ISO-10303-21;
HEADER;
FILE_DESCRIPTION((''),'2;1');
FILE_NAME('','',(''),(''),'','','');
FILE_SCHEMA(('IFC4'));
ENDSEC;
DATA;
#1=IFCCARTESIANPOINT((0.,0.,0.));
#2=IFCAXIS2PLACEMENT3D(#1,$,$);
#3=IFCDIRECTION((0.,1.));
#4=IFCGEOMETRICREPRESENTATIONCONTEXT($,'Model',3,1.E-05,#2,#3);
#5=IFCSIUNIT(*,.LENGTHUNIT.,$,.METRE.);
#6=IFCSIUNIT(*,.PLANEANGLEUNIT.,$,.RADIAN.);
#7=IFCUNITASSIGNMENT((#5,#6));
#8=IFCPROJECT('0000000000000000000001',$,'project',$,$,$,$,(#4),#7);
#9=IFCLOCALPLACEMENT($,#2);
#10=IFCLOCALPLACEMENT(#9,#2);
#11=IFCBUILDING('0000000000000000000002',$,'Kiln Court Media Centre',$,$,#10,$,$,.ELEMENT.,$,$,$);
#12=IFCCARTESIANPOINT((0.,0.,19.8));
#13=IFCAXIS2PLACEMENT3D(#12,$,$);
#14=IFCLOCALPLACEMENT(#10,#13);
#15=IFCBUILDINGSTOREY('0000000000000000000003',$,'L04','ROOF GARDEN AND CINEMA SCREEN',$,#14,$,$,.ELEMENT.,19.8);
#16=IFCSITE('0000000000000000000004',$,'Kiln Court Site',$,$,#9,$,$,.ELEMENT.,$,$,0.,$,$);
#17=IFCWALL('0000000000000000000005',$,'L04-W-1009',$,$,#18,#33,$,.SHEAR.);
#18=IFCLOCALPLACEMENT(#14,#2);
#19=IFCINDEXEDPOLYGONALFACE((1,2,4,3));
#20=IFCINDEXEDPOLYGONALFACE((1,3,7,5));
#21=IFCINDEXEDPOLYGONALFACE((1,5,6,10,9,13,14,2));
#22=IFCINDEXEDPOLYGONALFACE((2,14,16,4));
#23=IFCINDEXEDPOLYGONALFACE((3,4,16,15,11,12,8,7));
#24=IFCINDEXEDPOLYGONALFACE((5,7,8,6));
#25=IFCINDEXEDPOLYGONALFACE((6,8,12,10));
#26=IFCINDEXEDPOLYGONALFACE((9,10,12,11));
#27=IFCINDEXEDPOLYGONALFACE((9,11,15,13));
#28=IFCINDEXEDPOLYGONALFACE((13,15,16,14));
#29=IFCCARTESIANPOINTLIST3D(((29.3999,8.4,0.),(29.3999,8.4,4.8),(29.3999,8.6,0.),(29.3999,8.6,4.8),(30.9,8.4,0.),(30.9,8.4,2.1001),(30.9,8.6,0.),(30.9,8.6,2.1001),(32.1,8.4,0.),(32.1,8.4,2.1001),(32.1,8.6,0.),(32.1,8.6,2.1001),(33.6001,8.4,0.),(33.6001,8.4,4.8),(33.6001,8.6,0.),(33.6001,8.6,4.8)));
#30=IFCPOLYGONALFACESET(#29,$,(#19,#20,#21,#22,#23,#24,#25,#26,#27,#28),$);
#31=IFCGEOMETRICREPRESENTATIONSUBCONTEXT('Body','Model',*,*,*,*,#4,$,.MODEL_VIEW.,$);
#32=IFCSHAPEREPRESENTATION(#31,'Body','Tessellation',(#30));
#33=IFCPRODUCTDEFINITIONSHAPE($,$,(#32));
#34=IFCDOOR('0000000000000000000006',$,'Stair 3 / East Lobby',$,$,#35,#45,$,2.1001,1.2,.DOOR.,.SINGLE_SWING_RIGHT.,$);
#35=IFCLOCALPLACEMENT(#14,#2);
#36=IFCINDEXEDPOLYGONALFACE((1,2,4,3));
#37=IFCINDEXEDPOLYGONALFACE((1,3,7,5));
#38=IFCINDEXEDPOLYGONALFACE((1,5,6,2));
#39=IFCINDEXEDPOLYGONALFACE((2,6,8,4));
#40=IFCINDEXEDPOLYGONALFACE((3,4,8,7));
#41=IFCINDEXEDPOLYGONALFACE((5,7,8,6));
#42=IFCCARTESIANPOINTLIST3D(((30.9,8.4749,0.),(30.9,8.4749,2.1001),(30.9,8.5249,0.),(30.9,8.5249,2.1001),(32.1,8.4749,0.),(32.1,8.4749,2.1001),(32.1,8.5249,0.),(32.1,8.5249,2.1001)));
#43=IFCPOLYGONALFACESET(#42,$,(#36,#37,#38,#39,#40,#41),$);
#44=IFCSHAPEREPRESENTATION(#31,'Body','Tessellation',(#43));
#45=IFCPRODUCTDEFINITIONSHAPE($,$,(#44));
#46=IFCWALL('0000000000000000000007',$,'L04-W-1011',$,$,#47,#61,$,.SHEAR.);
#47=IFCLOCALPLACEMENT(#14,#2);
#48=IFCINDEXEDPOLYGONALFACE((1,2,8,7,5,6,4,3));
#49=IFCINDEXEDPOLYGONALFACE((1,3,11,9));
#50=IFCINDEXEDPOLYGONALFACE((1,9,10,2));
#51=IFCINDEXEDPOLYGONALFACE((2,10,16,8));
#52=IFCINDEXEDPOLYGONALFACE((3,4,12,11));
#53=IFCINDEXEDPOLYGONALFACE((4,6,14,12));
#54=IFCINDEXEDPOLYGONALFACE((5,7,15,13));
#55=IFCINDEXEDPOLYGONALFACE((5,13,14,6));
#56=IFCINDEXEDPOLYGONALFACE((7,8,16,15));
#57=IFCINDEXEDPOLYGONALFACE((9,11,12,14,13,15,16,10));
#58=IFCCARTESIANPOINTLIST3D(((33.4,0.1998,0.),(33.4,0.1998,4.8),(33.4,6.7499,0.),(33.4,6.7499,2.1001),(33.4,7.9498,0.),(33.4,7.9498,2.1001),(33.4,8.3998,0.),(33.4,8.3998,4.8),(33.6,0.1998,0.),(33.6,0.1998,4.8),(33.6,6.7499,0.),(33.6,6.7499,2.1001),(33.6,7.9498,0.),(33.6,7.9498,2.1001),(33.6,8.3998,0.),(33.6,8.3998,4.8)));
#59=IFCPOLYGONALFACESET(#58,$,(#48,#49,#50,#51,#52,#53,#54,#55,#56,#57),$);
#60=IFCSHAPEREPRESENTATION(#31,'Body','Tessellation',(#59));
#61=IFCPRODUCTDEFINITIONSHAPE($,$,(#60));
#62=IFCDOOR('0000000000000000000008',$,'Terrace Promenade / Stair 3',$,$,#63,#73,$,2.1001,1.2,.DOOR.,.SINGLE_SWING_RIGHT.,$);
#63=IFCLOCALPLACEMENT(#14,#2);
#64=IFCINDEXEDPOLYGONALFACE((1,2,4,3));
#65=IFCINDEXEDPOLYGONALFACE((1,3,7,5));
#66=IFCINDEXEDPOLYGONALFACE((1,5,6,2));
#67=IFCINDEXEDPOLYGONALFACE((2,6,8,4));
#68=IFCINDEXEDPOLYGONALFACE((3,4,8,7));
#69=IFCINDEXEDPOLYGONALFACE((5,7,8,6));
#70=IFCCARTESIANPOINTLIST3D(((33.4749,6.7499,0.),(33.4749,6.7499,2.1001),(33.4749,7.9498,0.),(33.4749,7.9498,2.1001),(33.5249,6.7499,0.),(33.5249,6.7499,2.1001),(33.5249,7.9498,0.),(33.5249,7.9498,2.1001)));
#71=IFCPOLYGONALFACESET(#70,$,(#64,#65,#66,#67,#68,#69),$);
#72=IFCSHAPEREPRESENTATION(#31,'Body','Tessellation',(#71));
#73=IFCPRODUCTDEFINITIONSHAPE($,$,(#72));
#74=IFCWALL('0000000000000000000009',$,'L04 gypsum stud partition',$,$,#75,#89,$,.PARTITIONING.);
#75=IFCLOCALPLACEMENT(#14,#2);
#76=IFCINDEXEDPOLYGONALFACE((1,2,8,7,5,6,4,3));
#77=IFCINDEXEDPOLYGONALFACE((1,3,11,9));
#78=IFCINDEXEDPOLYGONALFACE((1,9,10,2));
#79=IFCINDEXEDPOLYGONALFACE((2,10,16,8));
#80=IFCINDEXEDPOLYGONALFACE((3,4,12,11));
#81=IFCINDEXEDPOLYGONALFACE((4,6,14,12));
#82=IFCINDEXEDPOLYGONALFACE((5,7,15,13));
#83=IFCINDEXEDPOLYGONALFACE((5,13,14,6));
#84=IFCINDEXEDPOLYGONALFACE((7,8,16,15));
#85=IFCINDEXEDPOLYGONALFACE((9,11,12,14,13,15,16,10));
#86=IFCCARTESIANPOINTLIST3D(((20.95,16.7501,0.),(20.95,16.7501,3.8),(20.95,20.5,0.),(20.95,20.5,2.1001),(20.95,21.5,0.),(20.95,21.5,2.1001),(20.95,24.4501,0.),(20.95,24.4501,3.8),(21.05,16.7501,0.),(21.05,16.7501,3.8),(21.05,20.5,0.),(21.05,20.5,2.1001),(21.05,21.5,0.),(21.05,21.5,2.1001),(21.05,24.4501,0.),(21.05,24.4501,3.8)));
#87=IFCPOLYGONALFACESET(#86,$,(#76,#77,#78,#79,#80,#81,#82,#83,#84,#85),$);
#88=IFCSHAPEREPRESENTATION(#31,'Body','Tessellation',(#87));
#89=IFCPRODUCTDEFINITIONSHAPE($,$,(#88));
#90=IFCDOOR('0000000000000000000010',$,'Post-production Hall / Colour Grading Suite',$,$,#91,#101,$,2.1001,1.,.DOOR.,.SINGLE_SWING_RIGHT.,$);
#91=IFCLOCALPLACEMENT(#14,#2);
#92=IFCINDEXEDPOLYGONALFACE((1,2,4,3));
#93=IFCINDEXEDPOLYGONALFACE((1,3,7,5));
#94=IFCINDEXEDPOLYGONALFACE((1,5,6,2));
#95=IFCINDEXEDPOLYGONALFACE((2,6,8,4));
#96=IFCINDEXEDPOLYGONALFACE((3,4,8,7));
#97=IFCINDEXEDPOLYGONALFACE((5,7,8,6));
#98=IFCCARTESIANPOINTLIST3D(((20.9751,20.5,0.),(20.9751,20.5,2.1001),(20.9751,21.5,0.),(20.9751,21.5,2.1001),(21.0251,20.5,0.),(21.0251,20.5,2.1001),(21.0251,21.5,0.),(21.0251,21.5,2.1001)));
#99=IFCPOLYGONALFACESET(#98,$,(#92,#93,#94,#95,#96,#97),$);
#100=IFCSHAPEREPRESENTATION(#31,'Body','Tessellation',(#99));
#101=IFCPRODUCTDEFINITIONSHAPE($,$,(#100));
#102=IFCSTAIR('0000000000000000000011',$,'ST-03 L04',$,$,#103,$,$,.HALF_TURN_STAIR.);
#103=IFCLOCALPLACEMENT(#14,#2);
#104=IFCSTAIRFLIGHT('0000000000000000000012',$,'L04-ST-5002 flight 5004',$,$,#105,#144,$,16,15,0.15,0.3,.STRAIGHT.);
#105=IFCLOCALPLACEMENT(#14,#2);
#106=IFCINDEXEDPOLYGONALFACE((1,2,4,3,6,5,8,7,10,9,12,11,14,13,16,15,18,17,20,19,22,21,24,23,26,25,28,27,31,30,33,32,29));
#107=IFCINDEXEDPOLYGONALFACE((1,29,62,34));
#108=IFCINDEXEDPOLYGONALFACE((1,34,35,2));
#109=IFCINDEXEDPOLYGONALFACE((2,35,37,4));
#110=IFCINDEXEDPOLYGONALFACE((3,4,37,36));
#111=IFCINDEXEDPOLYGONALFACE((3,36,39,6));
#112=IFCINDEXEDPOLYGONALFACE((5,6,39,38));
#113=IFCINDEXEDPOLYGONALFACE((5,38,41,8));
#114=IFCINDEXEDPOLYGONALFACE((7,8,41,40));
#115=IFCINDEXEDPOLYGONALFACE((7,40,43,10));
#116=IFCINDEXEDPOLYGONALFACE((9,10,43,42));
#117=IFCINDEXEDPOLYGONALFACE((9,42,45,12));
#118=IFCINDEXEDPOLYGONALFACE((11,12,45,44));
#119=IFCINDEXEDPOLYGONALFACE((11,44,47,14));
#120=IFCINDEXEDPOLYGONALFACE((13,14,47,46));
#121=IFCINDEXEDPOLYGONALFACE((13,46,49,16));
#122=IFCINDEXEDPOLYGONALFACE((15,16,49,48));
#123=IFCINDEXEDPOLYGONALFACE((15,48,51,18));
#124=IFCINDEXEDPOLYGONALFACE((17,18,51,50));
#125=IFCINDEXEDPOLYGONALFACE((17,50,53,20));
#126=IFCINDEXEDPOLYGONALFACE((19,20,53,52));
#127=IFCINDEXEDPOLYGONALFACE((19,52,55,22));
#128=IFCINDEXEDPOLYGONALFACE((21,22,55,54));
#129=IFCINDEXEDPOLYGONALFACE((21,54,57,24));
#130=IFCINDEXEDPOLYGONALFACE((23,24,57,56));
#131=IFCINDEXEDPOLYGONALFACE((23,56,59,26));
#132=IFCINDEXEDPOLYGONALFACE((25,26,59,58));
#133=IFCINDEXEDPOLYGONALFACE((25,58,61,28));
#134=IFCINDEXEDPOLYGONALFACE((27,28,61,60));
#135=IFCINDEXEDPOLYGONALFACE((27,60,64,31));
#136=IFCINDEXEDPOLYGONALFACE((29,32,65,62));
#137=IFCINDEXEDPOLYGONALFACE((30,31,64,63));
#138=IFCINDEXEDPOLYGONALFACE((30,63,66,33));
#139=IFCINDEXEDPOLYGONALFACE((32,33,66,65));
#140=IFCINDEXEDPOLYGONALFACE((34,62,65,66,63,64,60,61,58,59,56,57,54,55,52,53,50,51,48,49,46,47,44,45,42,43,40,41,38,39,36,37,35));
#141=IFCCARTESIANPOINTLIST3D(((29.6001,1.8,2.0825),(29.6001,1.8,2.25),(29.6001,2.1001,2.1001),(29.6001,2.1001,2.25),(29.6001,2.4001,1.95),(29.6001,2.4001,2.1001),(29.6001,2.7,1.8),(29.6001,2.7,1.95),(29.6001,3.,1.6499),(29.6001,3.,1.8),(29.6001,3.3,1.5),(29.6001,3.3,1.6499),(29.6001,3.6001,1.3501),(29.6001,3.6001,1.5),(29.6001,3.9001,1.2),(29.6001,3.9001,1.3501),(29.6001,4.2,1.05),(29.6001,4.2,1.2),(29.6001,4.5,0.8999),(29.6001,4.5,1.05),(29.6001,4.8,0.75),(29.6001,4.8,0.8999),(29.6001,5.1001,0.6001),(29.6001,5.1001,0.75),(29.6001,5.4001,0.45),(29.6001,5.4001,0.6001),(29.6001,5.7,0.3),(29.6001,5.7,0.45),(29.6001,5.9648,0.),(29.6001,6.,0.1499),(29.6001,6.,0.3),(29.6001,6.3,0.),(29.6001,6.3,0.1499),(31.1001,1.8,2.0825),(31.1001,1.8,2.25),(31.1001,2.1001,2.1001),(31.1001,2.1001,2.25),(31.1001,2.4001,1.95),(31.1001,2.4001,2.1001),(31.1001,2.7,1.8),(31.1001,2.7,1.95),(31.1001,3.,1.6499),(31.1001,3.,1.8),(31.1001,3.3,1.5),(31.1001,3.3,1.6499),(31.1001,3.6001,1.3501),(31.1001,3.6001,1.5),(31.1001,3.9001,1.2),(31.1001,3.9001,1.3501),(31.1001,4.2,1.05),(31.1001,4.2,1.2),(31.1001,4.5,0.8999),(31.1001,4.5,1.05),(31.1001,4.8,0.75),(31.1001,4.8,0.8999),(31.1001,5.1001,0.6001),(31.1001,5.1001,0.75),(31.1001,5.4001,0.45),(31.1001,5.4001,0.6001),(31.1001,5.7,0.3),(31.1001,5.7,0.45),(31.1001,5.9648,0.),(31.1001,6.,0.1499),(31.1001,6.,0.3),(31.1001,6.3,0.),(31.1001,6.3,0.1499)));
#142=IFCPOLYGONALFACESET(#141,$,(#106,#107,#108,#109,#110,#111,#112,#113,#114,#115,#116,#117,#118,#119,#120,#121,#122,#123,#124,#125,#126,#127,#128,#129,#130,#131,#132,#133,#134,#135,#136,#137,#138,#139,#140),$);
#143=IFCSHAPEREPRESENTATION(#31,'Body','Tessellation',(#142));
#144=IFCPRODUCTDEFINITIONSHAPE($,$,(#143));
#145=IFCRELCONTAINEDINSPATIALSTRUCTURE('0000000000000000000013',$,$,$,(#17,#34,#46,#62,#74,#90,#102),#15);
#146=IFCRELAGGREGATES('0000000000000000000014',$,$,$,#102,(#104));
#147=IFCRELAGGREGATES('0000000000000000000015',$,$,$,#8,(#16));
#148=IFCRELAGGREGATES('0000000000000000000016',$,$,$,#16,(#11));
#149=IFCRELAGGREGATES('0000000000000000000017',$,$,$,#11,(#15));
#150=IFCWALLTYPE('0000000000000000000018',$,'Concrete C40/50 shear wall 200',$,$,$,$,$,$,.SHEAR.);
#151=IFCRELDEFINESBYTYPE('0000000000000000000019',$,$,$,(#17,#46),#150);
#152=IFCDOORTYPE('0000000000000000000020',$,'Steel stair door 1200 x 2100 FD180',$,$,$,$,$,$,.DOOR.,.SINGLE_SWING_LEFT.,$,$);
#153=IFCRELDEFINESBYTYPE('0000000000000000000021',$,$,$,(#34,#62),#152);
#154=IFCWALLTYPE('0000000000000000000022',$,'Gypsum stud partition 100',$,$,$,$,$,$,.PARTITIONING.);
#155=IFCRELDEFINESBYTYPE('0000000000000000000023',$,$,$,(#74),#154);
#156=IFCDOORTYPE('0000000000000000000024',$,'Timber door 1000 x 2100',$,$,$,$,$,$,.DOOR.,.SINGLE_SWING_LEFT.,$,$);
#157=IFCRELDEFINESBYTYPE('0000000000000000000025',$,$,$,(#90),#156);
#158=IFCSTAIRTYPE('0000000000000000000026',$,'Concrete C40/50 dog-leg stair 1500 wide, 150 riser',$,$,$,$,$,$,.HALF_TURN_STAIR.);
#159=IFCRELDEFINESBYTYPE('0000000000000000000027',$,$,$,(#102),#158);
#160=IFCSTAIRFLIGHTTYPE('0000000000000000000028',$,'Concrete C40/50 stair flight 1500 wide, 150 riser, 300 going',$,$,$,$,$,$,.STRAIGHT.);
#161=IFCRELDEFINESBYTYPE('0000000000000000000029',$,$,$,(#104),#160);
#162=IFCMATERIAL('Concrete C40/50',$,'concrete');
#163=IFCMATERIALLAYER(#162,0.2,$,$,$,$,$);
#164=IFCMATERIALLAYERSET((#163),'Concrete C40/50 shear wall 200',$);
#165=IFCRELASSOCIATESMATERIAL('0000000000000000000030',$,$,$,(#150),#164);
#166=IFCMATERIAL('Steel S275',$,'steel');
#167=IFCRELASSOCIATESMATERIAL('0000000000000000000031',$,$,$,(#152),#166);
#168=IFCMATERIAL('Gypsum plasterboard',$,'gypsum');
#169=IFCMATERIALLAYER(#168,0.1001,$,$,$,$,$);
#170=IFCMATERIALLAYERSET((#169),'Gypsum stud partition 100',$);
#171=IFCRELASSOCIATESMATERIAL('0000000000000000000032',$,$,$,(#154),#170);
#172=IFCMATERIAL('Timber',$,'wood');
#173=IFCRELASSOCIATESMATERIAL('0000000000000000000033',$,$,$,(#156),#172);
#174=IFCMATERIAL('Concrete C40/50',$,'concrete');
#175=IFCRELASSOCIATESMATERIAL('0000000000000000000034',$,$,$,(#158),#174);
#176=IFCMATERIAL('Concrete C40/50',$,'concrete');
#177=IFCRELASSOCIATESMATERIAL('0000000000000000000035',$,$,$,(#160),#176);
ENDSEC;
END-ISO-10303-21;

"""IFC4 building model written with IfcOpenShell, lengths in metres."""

from ifc_helpers import new_model, si_unit, direction, frame, frame_2d, origin, place, context, subcontext, project, spatial, polyline, rectangle, outline, extrude, material, layer, layer_set, type_object, element, fill, aggregate, save


model = new_model("IFC4")

# Units and contexts
model_context = context("Model", 3, precision=1e-05, world=origin(), true_north=direction((0.0, 1.0)))
body_context = subcontext(model_context, "Body", "Model", "MODEL_VIEW")
ifc_project = project(units=[si_unit("LENGTHUNIT", "METRE"), si_unit("PLANEANGLEUNIT", "RADIAN")], contexts=[model_context])

# Site, building, storey
site_placement = place(None, origin())
site = spatial("IfcSite", under=ifc_project, at=site_placement, Name="Kiln Court Site", CompositionType="ELEMENT", RefElevation=0.0)
building_placement = place(site_placement, origin())
building = spatial("IfcBuilding", under=site, at=building_placement, Name="Kiln Court Media Centre", CompositionType="ELEMENT")
storey_placement = place(building_placement, frame((0.0, 0.0, 19.8)))
storey = spatial("IfcBuildingStorey", under=building, at=storey_placement, Name="L04", Description="ROOF GARDEN AND CINEMA SCREEN", CompositionType="ELEMENT", Elevation=19.8)

# Walls, openings, doors
ifc_material_1 = material(Name="Concrete C40/50", Category="concrete")
ifc_layer_1 = layer(ifc_material_1, 0.2)
ifc_layer_set_1 = layer_set([ifc_layer_1], Name="Concrete C40/50 shear wall 200")
wall_type_1 = type_object("IfcWallType", Name="Concrete C40/50 shear wall 200", PredefinedType="SHEAR", material=ifc_layer_set_1)
wall_1_placement = place(storey_placement, frame((29.3999, 8.5, 0.0), z_axis=(0.0, 0.0, 1.0), x_axis=(1.0, 0.0, 0.0)))
wall_1 = element("IfcWall", 1, at=wall_1_placement, inside=storey, type_object=wall_type_1, Name="L04-W-1009", PredefinedType="SHEAR", context=body_context, shape_type="SweptSolid", body=[
    extrude(rectangle(XDim=4.2002, YDim=0.2, at=frame_2d((2.1001, 0.0))), origin(), (0.0, 0.0, 1.0), 4.8),
])
opening_1_placement = place(wall_1_placement, frame((1.5, 0.0, 0.0)))
opening_1 = element("IfcOpeningElement", 2, at=opening_1_placement, cuts=wall_1, PredefinedType="OPENING", context=body_context, shape_type="SweptSolid", body=[
    extrude(rectangle(XDim=1.2, YDim=2.1001, at=frame_2d((0.6001, 1.05))), frame((0.0, 0.1099, 0.0), z_axis=(0.0, -1.0, 0.0), x_axis=(1.0, 0.0, 0.0)), (0.0, 0.0, 1.0), 0.22),
])
ifc_material_2 = material(Name="Steel S275", Category="steel")
door_type_1 = type_object("IfcDoorType", Name="Steel stair door 1200 x 2100 FD180", OperationType="SINGLE_SWING_LEFT", PredefinedType="DOOR", material=ifc_material_2)
door_1_placement = place(opening_1_placement, origin())
door_1 = element("IfcDoor", 3, at=door_1_placement, inside=storey, type_object=door_type_1, Name="Stair 3 / East Lobby", OperationType="SINGLE_SWING_RIGHT", OverallHeight=2.1001, OverallWidth=1.2, PredefinedType="DOOR", context=body_context, shape_type="SweptSolid", body=[
    extrude(rectangle(XDim=1.2, YDim=2.1001, at=frame_2d((0.6001, 1.05))), frame((0.0, 0.0249, 0.0), z_axis=(0.0, -1.0, 0.0), x_axis=(1.0, 0.0, 0.0)), (0.0, 0.0, 1.0), 0.05),
])
fill(opening_1, door_1)
wall_2_placement = place(storey_placement, frame((33.5, 8.3999, 0.0), z_axis=(0.0, 0.0, 1.0), x_axis=(0.0, -1.0, 0.0)))
wall_2 = element("IfcWall", 4, at=wall_2_placement, inside=storey, type_object=wall_type_1, Name="L04-W-1011", PredefinedType="SHEAR", context=body_context, shape_type="SweptSolid", body=[
    extrude(rectangle(XDim=8.2, YDim=0.2, at=frame_2d((4.1001, 0.0))), origin(), (0.0, 0.0, 1.0), 4.8),
])
opening_2_placement = place(wall_2_placement, frame((0.45, 0.0, 0.0)))
opening_2 = element("IfcOpeningElement", 5, at=opening_2_placement, cuts=wall_2, PredefinedType="OPENING", context=body_context, shape_type="SweptSolid", body=[
    extrude(rectangle(XDim=1.2, YDim=2.1001, at=frame_2d((0.6001, 1.05))), frame((0.0, 0.1099, 0.0), z_axis=(0.0, -1.0, 0.0), x_axis=(1.0, 0.0, 0.0)), (0.0, 0.0, 1.0), 0.22),
])
door_2_placement = place(opening_2_placement, origin())
door_2 = element("IfcDoor", 6, at=door_2_placement, inside=storey, type_object=door_type_1, Name="Terrace Promenade / Stair 3", OperationType="SINGLE_SWING_RIGHT", OverallHeight=2.1001, OverallWidth=1.2, PredefinedType="DOOR", context=body_context, shape_type="SweptSolid", body=[
    extrude(rectangle(XDim=1.2, YDim=2.1001, at=frame_2d((0.6001, 1.05))), frame((0.0, 0.0249, 0.0), z_axis=(0.0, -1.0, 0.0), x_axis=(1.0, 0.0, 0.0)), (0.0, 0.0, 1.0), 0.05),
])
fill(opening_2, door_2)
ifc_material_3 = material(Name="Gypsum plasterboard", Category="gypsum")
ifc_layer_2 = layer(ifc_material_3, 0.1001)
ifc_layer_set_2 = layer_set([ifc_layer_2], Name="Gypsum stud partition 100")
wall_type_2 = type_object("IfcWallType", Name="Gypsum stud partition 100", PredefinedType="PARTITIONING", material=ifc_layer_set_2)
wall_3_placement = place(storey_placement, frame((21.0, 16.75, 0.0), z_axis=(0.0, 0.0, 1.0), x_axis=(0.0, 1.0, 0.0)))
wall_3 = element("IfcWall", 7, at=wall_3_placement, inside=storey, type_object=wall_type_2, Name="L04 gypsum stud partition", PredefinedType="PARTITIONING", context=body_context, shape_type="SweptSolid", body=[
    extrude(rectangle(XDim=7.7, YDim=0.1001, at=frame_2d((3.8501, 0.0))), origin(), (0.0, 0.0, 1.0), 3.8),
])
opening_3_placement = place(wall_3_placement, frame((3.75, 0.0, 0.0)))
opening_3 = element("IfcOpeningElement", 8, at=opening_3_placement, cuts=wall_3, PredefinedType="OPENING", context=body_context, shape_type="SweptSolid", body=[
    extrude(rectangle(XDim=1.0, YDim=2.1001, at=frame_2d((0.5, 1.05))), frame((0.0, 0.0601, 0.0), z_axis=(0.0, -1.0, 0.0), x_axis=(1.0, 0.0, 0.0)), (0.0, 0.0, 1.0), 0.1201),
])
ifc_material_4 = material(Name="Timber", Category="wood")
door_type_2 = type_object("IfcDoorType", Name="Timber door 1000 x 2100", OperationType="SINGLE_SWING_LEFT", PredefinedType="DOOR", material=ifc_material_4)
door_3_placement = place(opening_3_placement, origin())
door_3 = element("IfcDoor", 9, at=door_3_placement, inside=storey, type_object=door_type_2, Name="Post-production Hall / Colour Grading Suite", OperationType="SINGLE_SWING_RIGHT", OverallHeight=2.1001, OverallWidth=1.0, PredefinedType="DOOR", context=body_context, shape_type="SweptSolid", body=[
    extrude(rectangle(XDim=1.0, YDim=2.1001, at=frame_2d((0.5, 1.05))), frame((0.0, 0.0249, 0.0), z_axis=(0.0, -1.0, 0.0), x_axis=(1.0, 0.0, 0.0)), (0.0, 0.0, 1.0), 0.05),
])
fill(opening_3, door_3)

# Stair, stair flight
ifc_material_5 = material(Name="Concrete C40/50", Category="concrete")
stair_type = type_object("IfcStairType", Name="Concrete C40/50 dog-leg stair 1500 wide, 150 riser", PredefinedType="HALF_TURN_STAIR", material=ifc_material_5)
stair_placement = place(storey_placement, origin())
stair = element("IfcStair", 10, at=stair_placement, inside=storey, type_object=stair_type, Name="ST-03 L04", PredefinedType="HALF_TURN_STAIR")
ifc_material_6 = material(Name="Concrete C40/50", Category="concrete")
stair_flight_type = type_object("IfcStairFlightType", Name="Concrete C40/50 stair flight 1500 wide, 150 riser, 300 going", PredefinedType="STRAIGHT", material=ifc_material_6)
stair_flight_1_placement = place(storey_placement, frame((30.3501, 6.3, 0.0), z_axis=(0.0, 0.0, 1.0), x_axis=(0.0, -1.0, 0.0)))
stair_flight_1 = element("IfcStairFlight", 11, at=stair_flight_1_placement, type_object=stair_flight_type, Name="L04-ST-5002 flight 5004", NumberOfRisers=16, NumberOfTreads=15, PredefinedType="STRAIGHT", RiserHeight=0.15, TreadLength=0.3, context=body_context, shape_type="SweptSolid", body=[
    extrude(outline(polyline([(0.0, 0.0), (0.0, 0.1499), (0.3, 0.1499), (0.3, 0.3), (0.6001, 0.3), (0.6001, 0.45), (0.8999, 0.45), (0.8999, 0.6001), (1.2, 0.6001), (1.2, 0.75), (1.5, 0.75), (1.5, 0.8999), (1.8, 0.8999), (1.8, 1.05), (2.1001, 1.05), (2.1001, 1.2), (2.3999, 1.2), (2.3999, 1.3501), (2.7, 1.3501), (2.7, 1.5), (3.0, 1.5), (3.0, 1.6499), (3.3, 1.6499), (3.3, 1.8), (3.6001, 1.8), (3.6001, 1.95), (3.8999, 1.95), (3.8999, 2.1001), (4.2, 2.1001), (4.2, 2.25), (4.5, 2.25), (4.5, 2.3999), (4.5, 2.0825), (0.3352, 0.0), (0.0, 0.0)])), frame((0.0, 0.75, 0.0), z_axis=(0.0, -1.0, 0.0), x_axis=(1.0, 0.0, 0.0)), (0.0, 0.0, 1.0), 1.5),
])
aggregate(stair, [stair_flight_1])

save(model, "model.ifc")
